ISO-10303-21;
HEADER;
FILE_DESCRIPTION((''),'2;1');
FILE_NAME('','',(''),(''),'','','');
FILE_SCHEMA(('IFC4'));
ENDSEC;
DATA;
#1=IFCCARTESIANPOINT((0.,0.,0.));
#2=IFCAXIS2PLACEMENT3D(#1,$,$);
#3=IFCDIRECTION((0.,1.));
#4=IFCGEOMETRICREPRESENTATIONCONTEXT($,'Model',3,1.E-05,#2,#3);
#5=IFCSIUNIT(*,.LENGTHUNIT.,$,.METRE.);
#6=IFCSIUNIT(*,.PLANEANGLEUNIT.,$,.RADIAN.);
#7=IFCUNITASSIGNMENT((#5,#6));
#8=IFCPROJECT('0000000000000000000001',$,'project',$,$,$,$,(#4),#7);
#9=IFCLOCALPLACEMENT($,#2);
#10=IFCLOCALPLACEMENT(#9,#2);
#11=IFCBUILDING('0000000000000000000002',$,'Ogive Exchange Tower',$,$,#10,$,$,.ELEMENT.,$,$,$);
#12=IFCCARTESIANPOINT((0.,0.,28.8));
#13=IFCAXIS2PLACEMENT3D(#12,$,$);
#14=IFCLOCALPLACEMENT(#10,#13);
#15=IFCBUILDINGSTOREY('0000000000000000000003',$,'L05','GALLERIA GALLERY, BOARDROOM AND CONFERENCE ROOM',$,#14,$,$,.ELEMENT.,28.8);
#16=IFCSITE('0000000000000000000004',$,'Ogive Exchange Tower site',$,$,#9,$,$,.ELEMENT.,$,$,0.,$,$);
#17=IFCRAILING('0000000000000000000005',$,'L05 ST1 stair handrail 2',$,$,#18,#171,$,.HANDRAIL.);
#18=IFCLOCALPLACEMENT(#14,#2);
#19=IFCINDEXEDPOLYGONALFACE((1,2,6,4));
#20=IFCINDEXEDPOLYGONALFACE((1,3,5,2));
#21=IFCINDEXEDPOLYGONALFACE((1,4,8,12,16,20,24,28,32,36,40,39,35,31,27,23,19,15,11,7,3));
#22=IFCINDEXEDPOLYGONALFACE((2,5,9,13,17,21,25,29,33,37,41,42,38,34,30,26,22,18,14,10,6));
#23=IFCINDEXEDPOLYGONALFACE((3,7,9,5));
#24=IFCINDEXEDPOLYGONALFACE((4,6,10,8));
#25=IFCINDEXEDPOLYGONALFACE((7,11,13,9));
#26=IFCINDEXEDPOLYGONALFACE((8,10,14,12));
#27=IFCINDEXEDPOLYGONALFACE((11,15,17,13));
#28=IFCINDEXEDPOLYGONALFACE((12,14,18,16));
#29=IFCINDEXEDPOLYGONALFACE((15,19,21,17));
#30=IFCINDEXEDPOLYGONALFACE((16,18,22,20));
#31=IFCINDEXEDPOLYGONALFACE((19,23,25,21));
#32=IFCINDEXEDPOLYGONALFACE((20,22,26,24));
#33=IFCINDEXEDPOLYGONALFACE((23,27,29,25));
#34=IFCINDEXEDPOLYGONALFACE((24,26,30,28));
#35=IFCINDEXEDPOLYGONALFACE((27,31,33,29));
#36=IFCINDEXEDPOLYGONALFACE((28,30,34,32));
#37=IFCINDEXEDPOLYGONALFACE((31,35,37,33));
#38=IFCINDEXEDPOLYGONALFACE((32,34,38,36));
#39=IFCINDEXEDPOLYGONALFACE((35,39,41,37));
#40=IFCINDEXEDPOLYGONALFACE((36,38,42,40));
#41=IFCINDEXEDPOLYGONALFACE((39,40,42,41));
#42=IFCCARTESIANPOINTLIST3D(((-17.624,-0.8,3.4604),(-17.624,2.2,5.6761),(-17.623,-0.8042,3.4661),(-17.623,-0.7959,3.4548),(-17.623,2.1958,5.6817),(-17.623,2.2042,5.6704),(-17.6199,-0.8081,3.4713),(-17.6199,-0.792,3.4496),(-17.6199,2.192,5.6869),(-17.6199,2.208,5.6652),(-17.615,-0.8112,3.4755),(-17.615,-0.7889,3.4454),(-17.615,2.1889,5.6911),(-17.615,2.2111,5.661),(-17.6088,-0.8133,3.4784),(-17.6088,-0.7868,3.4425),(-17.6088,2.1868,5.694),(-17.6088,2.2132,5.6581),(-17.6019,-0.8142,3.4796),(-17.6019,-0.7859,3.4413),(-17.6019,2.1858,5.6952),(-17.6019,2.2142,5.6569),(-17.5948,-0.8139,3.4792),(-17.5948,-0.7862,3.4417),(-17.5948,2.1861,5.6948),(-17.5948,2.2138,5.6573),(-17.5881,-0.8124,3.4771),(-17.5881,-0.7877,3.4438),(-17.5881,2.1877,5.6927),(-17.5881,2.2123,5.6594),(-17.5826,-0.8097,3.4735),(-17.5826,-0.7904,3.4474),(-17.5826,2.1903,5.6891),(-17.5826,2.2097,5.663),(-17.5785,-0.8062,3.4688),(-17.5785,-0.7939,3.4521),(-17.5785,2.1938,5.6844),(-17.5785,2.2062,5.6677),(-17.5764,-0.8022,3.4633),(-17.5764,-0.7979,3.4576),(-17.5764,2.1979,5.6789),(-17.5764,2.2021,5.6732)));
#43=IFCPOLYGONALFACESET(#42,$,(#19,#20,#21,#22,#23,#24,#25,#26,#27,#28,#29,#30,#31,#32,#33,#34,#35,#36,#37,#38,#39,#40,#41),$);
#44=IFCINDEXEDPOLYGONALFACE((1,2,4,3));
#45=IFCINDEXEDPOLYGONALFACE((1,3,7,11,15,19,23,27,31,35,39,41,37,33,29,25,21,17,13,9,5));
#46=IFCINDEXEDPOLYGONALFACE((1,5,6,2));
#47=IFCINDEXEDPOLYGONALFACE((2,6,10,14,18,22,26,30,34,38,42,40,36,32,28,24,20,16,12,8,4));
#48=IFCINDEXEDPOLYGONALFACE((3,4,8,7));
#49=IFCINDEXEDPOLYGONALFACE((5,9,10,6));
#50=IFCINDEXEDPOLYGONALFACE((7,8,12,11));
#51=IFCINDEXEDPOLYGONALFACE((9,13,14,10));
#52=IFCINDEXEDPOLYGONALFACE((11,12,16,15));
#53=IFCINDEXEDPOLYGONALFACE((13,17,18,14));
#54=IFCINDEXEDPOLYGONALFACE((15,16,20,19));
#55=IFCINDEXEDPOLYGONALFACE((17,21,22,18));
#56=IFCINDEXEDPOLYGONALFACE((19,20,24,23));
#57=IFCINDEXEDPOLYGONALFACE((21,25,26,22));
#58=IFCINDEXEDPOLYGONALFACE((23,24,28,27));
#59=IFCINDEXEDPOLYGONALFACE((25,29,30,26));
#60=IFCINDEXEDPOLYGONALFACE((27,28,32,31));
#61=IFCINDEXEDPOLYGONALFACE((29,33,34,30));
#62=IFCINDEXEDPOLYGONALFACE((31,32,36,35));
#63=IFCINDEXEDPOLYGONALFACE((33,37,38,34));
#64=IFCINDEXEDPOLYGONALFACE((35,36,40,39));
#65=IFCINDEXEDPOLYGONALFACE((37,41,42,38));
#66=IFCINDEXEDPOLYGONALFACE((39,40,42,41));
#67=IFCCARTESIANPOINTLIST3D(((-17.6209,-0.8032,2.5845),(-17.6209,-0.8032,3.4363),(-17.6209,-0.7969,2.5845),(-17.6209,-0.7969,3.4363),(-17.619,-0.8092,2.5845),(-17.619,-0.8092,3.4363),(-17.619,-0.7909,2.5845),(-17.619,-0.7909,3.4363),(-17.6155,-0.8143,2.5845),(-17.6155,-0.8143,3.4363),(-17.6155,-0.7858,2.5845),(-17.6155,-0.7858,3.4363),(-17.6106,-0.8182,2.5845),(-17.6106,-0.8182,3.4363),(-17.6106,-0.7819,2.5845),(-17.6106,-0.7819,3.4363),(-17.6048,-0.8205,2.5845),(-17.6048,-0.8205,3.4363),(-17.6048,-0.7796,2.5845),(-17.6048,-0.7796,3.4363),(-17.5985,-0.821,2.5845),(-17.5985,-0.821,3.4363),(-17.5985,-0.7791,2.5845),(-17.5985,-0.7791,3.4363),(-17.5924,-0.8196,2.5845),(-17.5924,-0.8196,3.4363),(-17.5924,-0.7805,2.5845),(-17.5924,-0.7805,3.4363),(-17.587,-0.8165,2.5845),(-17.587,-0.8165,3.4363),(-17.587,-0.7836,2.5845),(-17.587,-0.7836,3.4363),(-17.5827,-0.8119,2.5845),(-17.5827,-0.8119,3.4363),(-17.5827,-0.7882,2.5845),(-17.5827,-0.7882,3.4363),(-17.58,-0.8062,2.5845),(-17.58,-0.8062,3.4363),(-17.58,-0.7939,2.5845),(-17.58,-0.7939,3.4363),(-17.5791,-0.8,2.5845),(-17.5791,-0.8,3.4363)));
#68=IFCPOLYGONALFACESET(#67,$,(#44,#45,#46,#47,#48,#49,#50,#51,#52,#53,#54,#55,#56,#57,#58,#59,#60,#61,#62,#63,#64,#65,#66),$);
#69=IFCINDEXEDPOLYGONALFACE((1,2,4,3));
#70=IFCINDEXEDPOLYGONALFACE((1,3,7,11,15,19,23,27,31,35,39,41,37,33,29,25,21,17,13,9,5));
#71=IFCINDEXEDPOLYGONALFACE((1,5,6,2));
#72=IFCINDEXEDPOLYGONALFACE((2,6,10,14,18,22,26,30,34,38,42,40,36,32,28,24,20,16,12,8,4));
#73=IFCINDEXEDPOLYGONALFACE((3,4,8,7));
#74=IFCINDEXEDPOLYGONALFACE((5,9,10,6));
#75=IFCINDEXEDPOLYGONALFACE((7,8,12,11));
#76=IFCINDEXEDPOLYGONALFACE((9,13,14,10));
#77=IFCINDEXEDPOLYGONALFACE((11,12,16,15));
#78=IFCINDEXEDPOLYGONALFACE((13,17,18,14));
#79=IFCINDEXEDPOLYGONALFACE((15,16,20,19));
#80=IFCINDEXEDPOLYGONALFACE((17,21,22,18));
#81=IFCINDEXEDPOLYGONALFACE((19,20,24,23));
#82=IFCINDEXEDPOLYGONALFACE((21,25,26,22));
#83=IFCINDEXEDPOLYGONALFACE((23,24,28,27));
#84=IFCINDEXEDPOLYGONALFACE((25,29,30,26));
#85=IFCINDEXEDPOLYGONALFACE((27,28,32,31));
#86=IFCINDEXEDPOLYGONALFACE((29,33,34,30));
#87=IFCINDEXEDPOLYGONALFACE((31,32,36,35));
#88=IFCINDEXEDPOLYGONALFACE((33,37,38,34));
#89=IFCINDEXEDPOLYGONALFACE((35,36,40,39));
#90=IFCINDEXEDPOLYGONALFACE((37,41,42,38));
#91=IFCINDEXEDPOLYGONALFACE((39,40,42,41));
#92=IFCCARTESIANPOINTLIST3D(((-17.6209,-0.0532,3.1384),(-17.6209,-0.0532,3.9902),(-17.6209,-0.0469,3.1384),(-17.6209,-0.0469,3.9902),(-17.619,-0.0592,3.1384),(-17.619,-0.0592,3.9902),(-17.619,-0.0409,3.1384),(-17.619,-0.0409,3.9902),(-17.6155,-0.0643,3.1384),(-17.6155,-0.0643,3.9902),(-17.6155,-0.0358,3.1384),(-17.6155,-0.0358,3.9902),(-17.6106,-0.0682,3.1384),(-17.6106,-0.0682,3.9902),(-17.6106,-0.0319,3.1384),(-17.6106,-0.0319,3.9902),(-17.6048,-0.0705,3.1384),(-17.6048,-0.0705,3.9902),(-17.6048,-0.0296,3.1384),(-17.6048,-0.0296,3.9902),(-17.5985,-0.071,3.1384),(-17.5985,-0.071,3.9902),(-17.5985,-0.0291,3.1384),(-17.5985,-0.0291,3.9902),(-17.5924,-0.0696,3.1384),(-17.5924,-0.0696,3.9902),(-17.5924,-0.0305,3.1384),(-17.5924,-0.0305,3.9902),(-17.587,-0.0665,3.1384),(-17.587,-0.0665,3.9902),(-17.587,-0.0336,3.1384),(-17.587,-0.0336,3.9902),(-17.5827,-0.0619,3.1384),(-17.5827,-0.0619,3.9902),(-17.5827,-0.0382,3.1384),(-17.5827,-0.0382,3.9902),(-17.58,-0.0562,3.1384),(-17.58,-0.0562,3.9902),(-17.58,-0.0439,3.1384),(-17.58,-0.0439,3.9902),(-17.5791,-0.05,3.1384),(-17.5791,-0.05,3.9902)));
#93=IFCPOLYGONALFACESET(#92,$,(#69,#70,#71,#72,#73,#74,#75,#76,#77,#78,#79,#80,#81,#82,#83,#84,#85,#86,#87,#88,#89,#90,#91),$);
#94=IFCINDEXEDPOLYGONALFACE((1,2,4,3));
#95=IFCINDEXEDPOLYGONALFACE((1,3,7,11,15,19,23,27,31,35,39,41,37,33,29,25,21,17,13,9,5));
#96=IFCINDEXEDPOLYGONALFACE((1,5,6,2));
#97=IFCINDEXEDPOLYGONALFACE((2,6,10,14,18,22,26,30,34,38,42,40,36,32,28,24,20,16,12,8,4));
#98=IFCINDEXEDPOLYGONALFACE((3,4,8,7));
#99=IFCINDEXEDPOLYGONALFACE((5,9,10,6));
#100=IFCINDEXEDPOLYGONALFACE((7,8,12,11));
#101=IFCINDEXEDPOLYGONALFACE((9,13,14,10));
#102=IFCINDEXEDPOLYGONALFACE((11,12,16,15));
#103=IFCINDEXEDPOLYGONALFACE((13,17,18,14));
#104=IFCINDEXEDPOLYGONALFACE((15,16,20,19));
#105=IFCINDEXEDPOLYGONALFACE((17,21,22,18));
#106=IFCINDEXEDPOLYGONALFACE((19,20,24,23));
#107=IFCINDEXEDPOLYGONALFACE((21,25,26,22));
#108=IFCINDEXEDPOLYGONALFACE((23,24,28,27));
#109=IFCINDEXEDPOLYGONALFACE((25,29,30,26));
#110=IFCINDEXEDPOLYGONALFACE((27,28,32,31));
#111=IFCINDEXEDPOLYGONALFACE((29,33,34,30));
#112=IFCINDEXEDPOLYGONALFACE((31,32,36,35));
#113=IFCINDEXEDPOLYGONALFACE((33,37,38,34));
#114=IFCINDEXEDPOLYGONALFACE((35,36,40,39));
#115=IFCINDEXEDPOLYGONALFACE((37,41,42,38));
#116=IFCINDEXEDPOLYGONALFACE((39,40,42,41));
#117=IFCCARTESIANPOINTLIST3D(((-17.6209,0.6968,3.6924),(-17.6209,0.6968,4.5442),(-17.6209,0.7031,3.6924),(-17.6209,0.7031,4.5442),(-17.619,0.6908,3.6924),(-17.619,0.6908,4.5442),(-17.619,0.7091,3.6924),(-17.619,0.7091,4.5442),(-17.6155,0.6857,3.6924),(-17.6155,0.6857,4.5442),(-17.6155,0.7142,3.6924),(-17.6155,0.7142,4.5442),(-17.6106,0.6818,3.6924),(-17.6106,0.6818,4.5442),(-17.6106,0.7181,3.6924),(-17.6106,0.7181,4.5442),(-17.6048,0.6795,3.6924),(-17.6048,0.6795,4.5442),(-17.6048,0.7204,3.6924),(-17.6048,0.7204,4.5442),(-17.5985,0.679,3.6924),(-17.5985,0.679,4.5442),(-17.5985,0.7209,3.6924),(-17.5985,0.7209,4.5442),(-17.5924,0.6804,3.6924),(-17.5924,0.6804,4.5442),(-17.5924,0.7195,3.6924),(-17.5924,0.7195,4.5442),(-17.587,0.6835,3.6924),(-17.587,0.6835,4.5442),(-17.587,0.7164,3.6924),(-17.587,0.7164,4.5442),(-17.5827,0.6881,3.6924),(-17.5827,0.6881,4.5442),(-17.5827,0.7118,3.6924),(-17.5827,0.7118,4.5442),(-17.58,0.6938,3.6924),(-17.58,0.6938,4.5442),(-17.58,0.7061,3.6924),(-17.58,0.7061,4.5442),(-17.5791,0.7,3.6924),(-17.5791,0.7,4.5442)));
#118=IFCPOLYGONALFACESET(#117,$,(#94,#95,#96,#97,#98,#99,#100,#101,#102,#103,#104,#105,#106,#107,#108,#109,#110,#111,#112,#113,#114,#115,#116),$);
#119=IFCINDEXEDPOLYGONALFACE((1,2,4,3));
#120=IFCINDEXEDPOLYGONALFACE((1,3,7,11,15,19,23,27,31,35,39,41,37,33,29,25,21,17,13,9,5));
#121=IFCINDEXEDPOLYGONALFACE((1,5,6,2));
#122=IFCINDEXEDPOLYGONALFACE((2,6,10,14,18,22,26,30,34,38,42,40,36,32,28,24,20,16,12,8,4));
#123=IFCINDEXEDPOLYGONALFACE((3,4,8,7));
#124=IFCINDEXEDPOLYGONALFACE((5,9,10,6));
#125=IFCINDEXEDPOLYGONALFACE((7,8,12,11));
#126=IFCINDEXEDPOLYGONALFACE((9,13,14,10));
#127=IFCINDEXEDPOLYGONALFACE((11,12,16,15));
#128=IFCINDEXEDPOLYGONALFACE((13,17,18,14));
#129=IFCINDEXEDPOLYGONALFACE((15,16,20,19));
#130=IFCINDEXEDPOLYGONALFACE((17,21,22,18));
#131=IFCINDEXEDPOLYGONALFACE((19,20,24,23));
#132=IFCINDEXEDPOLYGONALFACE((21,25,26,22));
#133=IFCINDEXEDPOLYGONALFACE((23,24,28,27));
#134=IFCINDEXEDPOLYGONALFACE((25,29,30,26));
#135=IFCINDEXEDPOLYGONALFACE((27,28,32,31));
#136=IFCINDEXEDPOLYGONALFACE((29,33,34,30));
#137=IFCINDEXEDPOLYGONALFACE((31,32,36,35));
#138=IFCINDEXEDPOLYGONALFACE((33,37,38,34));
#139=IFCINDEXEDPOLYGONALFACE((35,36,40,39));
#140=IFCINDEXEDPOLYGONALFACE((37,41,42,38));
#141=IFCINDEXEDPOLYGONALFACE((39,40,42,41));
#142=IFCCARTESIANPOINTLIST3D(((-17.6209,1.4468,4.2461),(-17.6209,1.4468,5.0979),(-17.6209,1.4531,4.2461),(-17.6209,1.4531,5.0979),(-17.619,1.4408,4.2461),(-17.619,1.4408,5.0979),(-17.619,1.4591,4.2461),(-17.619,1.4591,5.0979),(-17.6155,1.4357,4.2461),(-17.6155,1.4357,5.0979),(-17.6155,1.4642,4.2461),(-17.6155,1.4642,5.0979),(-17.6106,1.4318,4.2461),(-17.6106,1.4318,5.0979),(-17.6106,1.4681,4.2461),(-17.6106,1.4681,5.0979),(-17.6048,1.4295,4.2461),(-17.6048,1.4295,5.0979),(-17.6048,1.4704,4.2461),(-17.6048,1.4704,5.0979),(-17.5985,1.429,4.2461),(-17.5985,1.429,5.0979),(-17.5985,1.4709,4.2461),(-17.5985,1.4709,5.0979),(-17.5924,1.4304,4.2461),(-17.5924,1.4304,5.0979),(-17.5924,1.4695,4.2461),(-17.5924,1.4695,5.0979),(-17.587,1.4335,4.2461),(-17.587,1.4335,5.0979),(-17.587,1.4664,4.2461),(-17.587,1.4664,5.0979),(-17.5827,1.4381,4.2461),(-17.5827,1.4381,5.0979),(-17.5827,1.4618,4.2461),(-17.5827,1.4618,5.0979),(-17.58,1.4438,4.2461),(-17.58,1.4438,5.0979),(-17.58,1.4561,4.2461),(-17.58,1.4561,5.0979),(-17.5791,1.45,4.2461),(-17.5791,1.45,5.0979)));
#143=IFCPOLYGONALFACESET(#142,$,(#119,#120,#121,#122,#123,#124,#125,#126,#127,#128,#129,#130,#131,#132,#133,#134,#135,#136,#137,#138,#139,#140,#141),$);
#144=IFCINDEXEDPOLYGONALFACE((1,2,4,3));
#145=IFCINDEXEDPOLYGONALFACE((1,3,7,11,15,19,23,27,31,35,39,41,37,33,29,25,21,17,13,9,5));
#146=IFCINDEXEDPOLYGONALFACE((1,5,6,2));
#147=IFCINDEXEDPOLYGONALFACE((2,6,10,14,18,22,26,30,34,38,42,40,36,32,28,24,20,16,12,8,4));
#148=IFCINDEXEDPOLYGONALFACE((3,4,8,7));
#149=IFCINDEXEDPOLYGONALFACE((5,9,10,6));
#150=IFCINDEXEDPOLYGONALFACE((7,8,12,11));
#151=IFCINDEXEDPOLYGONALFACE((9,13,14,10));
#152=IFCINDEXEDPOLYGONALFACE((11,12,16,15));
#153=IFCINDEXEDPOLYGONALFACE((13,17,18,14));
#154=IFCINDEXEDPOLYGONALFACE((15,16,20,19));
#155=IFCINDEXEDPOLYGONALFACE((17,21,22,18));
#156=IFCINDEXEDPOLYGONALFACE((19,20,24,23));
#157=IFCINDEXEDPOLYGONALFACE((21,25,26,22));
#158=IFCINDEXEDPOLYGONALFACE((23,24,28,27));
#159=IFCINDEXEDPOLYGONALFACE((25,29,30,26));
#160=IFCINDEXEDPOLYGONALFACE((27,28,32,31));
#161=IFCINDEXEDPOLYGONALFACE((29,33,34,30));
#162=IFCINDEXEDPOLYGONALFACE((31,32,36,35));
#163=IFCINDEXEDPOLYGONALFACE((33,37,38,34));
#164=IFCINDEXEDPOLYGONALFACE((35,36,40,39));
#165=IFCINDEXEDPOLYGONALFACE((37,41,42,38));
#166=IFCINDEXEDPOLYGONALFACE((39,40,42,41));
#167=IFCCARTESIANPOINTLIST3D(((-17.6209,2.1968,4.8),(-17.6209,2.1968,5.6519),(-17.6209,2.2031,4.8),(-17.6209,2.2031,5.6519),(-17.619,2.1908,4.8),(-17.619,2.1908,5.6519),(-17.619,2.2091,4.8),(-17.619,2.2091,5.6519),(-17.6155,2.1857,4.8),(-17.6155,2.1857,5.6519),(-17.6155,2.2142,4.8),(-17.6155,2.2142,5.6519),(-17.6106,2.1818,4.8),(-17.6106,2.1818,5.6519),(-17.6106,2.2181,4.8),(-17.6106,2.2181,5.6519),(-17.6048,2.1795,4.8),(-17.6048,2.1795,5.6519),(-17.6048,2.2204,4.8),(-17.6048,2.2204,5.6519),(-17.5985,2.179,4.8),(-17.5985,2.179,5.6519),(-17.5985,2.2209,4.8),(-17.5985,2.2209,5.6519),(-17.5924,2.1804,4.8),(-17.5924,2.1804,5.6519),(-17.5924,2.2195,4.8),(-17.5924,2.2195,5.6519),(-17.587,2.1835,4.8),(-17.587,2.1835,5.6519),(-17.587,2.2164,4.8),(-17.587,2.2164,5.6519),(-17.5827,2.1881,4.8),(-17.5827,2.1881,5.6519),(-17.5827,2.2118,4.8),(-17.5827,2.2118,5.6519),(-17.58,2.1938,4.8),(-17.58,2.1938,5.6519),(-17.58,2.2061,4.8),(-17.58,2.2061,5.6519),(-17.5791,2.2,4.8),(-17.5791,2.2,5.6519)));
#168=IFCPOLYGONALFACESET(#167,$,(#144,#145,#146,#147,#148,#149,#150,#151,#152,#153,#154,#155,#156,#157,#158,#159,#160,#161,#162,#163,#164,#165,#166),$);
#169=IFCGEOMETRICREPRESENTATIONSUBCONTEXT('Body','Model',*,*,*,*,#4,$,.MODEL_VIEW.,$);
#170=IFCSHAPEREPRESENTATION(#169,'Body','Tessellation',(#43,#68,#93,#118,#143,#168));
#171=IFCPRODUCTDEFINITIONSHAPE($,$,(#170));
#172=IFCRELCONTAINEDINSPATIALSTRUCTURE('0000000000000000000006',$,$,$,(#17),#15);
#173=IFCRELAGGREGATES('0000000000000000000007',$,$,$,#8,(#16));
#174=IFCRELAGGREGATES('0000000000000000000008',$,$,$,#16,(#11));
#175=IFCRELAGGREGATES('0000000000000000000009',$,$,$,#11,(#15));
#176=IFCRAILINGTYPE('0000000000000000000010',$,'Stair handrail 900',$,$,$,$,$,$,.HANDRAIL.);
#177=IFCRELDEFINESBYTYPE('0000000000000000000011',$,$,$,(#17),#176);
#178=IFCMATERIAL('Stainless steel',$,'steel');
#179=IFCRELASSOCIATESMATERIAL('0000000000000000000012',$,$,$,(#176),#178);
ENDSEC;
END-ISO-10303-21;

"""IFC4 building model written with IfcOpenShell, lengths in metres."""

from ifc_helpers import new_model, si_unit, direction, frame, origin, origin_2d, place, context, subcontext, project, spatial, circle, extrude, material, type_object, element, save


model = new_model("IFC4")

# Units and contexts
model_context = context("Model", 3, precision=1e-05, world=origin(), true_north=direction((0.0, 1.0)))
body_context = subcontext(model_context, "Body", "Model", "MODEL_VIEW")
ifc_project = project(units=[si_unit("LENGTHUNIT", "METRE"), si_unit("PLANEANGLEUNIT", "RADIAN")], contexts=[model_context])

# Site, building, storey
site_placement = place(None, origin())
site = spatial("IfcSite", under=ifc_project, at=site_placement, Name="Ogive Exchange Tower site", CompositionType="ELEMENT", RefElevation=0.0)
building_placement = place(site_placement, origin())
building = spatial("IfcBuilding", under=site, at=building_placement, Name="Ogive Exchange Tower", CompositionType="ELEMENT")
storey_placement = place(building_placement, frame((0.0, 0.0, 28.8)))
storey = spatial("IfcBuildingStorey", under=building, at=storey_placement, Name="L05", Description="GALLERIA GALLERY, BOARDROOM AND CONFERENCE ROOM", CompositionType="ELEMENT", Elevation=28.8)

# Shared definitions
ifc_material_1 = material(Name="Stainless steel", Category="steel")

# Railing
railing_type = type_object("IfcRailingType", Name="Stair handrail 900", PredefinedType="HANDRAIL", material=ifc_material_1)
railing_placement = place(storey_placement, frame((-17.6001, -0.8, 2.5845)))
element("IfcRailing", 1, at=railing_placement, inside=storey, type_object=railing_type, Name="L05 ST1 stair handrail 2", PredefinedType="HANDRAIL", context=body_context, shape_type="SweptSolid", body=[
    extrude(circle(Radius=0.0239, at=origin_2d()), frame((0.0, 0.0, 0.876), z_axis=(0.0, 0.804409, 0.594076), x_axis=(-1.0, 0.0, 0.0)), (0.0, 0.0, 1.0), 3.7295),
    extrude(circle(Radius=0.021, at=origin_2d()), origin(), (0.0, 0.0, 1.0), 0.8518),
    extrude(circle(Radius=0.021, at=origin_2d()), frame((0.0, 0.75, 0.554)), (0.0, 0.0, 1.0), 0.8518),
    extrude(circle(Radius=0.021, at=origin_2d()), frame((0.0, 1.5, 1.1079)), (0.0, 0.0, 1.0), 0.8518),
    extrude(circle(Radius=0.021, at=origin_2d()), frame((0.0, 2.25, 1.6616)), (0.0, 0.0, 1.0), 0.8518),
    extrude(circle(Radius=0.021, at=origin_2d()), frame((0.0, 3.0, 2.2156)), (0.0, 0.0, 1.0), 0.8518),
])

save(model, "model.ifc")
